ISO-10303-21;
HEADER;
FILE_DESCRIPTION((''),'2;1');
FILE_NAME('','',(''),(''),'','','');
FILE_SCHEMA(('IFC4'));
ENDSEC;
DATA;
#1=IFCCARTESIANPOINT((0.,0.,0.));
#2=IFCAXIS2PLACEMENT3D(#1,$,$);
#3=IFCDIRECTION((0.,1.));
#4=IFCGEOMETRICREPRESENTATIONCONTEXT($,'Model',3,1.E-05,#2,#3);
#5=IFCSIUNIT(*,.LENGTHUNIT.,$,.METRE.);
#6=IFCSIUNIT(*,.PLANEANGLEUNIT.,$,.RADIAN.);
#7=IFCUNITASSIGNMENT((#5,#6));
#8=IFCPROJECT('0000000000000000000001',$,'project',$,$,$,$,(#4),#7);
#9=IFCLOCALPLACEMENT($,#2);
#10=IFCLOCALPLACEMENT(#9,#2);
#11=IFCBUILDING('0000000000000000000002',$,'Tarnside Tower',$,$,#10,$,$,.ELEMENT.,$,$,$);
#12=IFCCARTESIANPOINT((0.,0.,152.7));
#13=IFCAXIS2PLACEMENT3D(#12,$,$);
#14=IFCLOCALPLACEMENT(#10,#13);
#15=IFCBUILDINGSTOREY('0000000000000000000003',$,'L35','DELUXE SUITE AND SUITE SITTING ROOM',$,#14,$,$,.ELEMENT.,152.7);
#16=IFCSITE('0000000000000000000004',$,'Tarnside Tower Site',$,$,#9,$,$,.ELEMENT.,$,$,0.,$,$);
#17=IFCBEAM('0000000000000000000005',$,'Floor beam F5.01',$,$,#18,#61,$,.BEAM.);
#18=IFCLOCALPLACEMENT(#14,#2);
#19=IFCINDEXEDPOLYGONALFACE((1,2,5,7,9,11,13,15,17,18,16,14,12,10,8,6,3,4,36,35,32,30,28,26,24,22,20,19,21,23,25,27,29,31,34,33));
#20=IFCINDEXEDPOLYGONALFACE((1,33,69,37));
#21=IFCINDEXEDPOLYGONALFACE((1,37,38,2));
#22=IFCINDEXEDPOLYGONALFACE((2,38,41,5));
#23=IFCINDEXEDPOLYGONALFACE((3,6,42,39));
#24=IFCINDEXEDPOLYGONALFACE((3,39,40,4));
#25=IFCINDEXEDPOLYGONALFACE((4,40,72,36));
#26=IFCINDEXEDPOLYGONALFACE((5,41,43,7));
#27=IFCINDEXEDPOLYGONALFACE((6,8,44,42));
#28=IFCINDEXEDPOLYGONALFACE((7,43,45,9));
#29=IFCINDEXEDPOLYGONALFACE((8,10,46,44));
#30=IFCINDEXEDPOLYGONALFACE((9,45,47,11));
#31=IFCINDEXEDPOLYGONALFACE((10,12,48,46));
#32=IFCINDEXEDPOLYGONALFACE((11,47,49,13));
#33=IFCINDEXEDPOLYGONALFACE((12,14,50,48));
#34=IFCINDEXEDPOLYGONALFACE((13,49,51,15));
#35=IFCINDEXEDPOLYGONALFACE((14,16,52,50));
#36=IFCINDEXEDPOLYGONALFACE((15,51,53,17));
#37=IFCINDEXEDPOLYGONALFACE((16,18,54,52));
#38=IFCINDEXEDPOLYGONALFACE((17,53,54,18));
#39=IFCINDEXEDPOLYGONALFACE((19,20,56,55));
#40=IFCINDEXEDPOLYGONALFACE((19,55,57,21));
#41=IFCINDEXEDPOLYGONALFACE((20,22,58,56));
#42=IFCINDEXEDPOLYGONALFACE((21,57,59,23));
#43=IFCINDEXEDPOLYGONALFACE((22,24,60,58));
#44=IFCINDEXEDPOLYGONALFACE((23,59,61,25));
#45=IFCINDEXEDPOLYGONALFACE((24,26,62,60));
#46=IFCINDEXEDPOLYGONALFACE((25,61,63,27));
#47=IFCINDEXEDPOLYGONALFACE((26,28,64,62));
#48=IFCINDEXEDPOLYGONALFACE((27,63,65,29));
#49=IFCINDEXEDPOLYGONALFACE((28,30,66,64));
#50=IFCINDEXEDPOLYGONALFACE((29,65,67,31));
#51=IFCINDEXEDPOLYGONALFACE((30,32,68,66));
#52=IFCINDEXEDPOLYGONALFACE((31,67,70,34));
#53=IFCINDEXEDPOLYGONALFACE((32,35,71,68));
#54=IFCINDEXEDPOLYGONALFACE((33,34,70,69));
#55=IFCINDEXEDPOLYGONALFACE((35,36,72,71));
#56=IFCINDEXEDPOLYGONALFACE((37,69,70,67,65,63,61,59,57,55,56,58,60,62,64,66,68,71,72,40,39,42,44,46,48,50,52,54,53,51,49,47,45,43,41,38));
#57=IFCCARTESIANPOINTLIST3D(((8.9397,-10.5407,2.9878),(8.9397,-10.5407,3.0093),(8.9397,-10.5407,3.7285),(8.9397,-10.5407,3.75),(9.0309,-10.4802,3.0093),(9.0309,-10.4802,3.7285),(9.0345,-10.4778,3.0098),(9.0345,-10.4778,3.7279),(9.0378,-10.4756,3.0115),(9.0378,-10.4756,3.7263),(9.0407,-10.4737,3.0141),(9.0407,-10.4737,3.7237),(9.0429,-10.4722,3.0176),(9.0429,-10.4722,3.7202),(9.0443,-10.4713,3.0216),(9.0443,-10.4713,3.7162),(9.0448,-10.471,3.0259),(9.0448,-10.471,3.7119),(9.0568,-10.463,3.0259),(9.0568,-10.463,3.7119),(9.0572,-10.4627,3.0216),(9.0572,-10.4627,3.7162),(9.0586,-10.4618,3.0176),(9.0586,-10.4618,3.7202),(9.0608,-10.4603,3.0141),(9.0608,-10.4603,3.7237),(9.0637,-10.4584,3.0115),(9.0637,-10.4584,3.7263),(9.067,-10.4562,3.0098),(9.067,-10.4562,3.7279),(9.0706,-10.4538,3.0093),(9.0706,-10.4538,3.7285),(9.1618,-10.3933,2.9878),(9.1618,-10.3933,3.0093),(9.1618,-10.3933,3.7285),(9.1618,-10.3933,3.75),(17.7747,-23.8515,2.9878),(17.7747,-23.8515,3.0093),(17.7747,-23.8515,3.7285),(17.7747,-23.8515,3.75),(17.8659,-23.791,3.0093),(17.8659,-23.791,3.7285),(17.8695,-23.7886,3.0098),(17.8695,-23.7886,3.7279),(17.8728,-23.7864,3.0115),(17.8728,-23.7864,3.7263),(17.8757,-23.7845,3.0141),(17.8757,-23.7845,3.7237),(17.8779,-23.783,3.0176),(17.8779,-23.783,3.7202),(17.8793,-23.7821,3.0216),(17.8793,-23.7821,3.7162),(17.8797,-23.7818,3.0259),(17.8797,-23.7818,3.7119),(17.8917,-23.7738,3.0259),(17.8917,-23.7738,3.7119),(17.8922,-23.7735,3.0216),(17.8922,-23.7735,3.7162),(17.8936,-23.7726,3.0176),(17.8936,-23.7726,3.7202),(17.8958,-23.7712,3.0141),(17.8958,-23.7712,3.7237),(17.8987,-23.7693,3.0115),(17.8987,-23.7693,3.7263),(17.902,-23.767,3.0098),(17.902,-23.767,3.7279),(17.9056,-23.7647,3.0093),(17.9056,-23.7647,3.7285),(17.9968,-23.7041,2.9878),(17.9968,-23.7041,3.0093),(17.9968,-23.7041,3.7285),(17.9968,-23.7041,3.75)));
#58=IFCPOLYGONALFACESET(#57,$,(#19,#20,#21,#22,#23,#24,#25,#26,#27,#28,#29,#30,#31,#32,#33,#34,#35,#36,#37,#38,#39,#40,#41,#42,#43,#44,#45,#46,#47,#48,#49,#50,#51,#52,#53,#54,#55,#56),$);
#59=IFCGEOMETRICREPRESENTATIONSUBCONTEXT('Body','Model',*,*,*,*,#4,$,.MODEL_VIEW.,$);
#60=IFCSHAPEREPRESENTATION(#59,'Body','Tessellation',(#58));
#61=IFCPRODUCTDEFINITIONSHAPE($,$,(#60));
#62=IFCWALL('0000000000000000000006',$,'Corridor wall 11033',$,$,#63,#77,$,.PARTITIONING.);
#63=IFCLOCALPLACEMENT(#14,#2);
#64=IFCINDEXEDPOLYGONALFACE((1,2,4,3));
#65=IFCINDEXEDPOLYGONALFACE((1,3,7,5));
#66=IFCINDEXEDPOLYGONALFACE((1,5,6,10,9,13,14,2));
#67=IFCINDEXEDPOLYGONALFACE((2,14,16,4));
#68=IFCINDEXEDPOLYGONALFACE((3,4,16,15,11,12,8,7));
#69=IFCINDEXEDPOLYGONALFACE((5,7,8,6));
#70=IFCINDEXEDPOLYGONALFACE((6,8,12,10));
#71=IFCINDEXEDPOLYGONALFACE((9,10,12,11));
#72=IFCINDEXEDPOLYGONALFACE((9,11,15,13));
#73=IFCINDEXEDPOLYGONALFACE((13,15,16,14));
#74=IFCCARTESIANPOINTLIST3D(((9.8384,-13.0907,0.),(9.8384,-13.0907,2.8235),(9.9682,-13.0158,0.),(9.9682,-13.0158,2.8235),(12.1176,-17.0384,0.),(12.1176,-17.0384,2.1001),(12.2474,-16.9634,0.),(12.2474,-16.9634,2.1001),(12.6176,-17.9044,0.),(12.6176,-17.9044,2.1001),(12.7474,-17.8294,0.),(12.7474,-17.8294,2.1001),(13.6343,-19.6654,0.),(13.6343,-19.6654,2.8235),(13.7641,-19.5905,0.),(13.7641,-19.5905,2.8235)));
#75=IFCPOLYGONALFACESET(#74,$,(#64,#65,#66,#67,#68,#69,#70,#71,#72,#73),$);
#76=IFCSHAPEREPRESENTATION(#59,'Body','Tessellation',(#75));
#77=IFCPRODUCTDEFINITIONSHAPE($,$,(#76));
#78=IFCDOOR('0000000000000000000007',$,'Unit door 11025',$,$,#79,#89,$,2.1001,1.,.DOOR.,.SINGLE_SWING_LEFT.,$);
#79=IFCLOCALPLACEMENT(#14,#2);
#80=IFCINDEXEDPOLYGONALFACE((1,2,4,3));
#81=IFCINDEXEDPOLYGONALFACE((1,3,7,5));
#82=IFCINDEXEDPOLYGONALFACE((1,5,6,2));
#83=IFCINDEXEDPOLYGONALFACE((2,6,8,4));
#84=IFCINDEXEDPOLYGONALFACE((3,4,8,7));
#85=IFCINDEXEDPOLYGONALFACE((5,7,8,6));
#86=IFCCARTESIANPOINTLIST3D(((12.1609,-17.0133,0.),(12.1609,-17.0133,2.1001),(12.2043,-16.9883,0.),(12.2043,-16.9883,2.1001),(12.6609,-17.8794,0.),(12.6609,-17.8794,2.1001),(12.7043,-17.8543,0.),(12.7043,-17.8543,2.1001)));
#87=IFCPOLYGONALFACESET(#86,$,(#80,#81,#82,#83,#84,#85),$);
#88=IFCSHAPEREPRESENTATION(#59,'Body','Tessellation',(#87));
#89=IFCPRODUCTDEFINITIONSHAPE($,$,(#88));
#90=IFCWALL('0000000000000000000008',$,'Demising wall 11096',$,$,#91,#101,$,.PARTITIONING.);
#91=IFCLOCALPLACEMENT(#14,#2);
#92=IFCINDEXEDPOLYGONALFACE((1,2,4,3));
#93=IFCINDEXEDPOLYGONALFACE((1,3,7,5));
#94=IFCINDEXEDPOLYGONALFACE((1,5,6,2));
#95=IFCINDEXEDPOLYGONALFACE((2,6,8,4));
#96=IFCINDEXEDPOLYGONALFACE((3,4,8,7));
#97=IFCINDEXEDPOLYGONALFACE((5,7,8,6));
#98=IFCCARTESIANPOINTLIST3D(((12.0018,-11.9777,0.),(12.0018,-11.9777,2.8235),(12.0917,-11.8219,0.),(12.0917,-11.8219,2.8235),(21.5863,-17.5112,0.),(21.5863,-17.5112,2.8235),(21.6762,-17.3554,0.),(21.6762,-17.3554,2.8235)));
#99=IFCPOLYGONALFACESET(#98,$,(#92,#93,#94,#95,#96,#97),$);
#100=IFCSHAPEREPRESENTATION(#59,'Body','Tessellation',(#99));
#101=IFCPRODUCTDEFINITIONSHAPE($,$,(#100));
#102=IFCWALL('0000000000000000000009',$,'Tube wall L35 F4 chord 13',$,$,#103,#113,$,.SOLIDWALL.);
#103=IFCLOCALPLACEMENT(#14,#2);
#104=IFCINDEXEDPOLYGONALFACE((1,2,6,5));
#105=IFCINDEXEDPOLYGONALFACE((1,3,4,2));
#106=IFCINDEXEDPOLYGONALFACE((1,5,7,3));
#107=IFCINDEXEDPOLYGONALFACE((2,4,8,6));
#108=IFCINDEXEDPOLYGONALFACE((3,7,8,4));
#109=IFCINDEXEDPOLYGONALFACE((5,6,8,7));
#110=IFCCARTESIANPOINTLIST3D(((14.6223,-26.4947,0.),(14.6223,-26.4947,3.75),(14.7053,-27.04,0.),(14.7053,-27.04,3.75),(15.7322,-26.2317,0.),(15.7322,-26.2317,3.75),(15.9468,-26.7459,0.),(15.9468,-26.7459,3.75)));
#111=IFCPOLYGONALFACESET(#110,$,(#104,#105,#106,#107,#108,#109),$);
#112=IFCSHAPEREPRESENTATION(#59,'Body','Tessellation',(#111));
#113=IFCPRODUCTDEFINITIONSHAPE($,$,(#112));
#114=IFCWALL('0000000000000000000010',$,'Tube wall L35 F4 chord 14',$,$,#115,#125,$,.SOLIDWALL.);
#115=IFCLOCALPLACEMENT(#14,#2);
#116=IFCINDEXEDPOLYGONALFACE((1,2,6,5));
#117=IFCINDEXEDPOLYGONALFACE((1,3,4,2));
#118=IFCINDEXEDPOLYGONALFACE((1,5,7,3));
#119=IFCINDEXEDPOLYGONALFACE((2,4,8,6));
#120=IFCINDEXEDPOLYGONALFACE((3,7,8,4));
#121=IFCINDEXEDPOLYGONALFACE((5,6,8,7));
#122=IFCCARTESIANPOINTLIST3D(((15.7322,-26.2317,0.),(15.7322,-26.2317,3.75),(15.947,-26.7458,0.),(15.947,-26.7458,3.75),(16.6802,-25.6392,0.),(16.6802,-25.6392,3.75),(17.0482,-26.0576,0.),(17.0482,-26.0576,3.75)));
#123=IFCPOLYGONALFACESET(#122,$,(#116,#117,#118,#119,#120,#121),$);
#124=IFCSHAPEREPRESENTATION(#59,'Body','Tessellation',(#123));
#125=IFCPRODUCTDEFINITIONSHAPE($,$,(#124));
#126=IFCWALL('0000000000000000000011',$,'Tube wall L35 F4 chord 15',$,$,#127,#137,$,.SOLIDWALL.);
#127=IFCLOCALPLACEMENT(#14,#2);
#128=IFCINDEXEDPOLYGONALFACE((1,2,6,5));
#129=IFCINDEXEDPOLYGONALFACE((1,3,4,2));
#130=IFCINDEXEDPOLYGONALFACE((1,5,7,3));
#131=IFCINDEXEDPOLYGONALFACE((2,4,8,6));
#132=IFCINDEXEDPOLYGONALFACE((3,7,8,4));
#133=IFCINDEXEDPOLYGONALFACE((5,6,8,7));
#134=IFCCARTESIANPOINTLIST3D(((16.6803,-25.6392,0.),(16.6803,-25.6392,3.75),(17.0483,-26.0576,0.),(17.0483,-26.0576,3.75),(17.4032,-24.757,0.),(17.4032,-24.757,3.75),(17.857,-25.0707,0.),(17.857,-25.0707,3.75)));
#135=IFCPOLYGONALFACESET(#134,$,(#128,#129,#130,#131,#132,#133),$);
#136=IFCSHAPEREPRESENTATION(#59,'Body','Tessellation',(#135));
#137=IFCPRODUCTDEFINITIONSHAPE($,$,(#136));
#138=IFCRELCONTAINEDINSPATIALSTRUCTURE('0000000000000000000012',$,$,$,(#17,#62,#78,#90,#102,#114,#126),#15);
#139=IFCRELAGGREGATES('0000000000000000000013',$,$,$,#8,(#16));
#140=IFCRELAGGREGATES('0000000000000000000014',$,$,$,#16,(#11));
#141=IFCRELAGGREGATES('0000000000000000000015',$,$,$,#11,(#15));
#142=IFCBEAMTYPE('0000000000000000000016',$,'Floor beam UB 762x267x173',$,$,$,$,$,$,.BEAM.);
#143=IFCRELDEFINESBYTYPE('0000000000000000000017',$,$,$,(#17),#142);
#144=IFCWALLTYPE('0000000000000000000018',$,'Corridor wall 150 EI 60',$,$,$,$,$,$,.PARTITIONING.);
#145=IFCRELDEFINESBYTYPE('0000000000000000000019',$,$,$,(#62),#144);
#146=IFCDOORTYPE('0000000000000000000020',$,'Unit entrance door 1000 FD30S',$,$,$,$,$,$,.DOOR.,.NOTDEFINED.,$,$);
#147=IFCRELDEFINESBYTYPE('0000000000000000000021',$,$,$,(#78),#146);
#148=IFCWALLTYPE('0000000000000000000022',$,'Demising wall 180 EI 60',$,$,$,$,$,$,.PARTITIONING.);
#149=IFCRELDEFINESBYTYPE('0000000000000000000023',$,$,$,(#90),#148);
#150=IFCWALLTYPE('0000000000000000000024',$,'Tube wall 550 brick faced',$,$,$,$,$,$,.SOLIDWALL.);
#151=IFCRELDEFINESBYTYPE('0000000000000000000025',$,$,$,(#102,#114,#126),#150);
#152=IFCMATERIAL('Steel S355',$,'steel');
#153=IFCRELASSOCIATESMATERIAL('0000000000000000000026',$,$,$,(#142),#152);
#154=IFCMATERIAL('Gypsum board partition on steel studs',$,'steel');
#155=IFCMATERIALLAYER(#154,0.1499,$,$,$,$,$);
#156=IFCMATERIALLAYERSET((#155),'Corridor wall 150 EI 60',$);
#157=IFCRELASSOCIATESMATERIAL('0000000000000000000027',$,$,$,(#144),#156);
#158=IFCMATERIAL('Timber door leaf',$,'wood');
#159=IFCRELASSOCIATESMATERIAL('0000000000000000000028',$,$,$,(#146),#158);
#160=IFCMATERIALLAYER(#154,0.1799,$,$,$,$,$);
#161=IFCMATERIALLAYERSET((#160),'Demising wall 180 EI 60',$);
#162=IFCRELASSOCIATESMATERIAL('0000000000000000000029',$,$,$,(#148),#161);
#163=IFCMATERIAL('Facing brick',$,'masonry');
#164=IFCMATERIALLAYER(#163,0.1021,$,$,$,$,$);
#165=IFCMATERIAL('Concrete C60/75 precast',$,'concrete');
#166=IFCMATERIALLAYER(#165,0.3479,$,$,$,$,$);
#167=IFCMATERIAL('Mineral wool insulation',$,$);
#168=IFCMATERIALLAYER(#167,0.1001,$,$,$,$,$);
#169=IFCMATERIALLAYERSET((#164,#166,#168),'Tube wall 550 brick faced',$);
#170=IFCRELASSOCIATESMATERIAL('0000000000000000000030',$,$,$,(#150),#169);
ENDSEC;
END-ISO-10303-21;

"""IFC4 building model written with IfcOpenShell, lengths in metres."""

from ifc_helpers import new_model, si_unit, direction, frame, frame_2d, origin, origin_2d, place, context, subcontext, project, spatial, polyline, rectangle, i_section, outline, extrude, material, layer, layer_set, material_profile, profile_set, type_object, element, fill, save


model = new_model("IFC4")

# Units and contexts
model_context = context("Model", 3, precision=1e-05, world=origin(), true_north=direction((0.0, 1.0)))
body_context = subcontext(model_context, "Body", "Model", "MODEL_VIEW")
ifc_project = project(units=[si_unit("LENGTHUNIT", "METRE"), si_unit("PLANEANGLEUNIT", "RADIAN")], contexts=[model_context])

# Site, building, storey
site_placement = place(None, origin())
site = spatial("IfcSite", under=ifc_project, at=site_placement, Name="Tarnside Tower Site", CompositionType="ELEMENT", RefElevation=0.0)
building_placement = place(site_placement, origin())
building = spatial("IfcBuilding", under=site, at=building_placement, Name="Tarnside Tower", CompositionType="ELEMENT")
storey_placement = place(building_placement, frame((0.0, 0.0, 152.7)))
storey = spatial("IfcBuildingStorey", under=building, at=storey_placement, Name="L35", Description="DELUXE SUITE AND SUITE SITTING ROOM", CompositionType="ELEMENT", Elevation=152.7)

# Beam
ifc_material_1 = material(Name="Steel S355", Category="steel")
ifc_material_profile_1 = material_profile(ifc_material_1, i_section(OverallWidth=0.2666, OverallDepth=0.7622, WebThickness=0.0144, FlangeThickness=0.0215, FilletRadius=0.0166, at=origin_2d()), Name="UB 762x267x173")
ifc_profile_set_1 = profile_set([ifc_material_profile_1], Name="Steel S355")
beam_type_1 = type_object("IfcBeamType", Name="Floor beam UB 762x267x173", PredefinedType="BEAM", material=ifc_profile_set_1)
beam_1_placement = place(storey_placement, frame((17.8857, -23.7778, 3.3689), z_axis=(-0.553013, 0.833172, 0.0), x_axis=(-0.833172, -0.553013, 0.0)))
element("IfcBeam", 1, at=beam_1_placement, inside=storey, type_object=beam_type_1, Name="Floor beam F5.01", PredefinedType="BEAM", context=body_context, shape_type="SweptSolid", body=[
    extrude(i_section(OverallWidth=0.2666, OverallDepth=0.7622, WebThickness=0.0144, FlangeThickness=0.0215, FilletRadius=0.0166, at=origin_2d()), origin(), (0.0, 0.0, 1.0), 15.9761),
])

# Wall, opening, door
ifc_material_2 = material(Name="Gypsum board partition on steel studs", Category="steel")
ifc_layer_1 = layer(ifc_material_2, 0.1499)
ifc_layer_set_1 = layer_set([ifc_layer_1], Name="Corridor wall 150 EI 60")
wall_type_1 = type_object("IfcWallType", Name="Corridor wall 150 EI 60", PredefinedType="PARTITIONING", material=ifc_layer_set_1)
wall_1_placement = place(storey_placement, frame((13.6992, -19.6279, 0.0), z_axis=(0.0, 0.0, 1.0), x_axis=(-0.499999, 0.866026, 0.0)))
wall_1 = element("IfcWall", 2, at=wall_1_placement, inside=storey, type_object=wall_type_1, Name="Corridor wall 11033", PredefinedType="PARTITIONING", context=body_context, shape_type="SweptSolid", body=[
    extrude(rectangle(XDim=7.5918, YDim=0.1499, at=frame_2d((3.7959, 0.0))), origin(), (0.0, 0.0, 1.0), 2.8235),
])
opening_1_placement = place(wall_1_placement, frame((2.0334, 0.0, 0.0)))
opening_1 = element("IfcOpeningElement", 3, at=opening_1_placement, cuts=wall_1, PredefinedType="OPENING", context=body_context, shape_type="SweptSolid", body=[
    extrude(rectangle(XDim=1.0, YDim=2.1001, at=frame_2d((0.5, 1.05))), frame((0.0, 0.085, 0.0), z_axis=(0.0, -1.0, 0.0), x_axis=(1.0, 0.0, 0.0)), (0.0, 0.0, 1.0), 0.1699),
])
ifc_material_3 = material(Name="Timber door leaf", Category="wood")
door_type = type_object("IfcDoorType", Name="Unit entrance door 1000 FD30S", OperationType="NOTDEFINED", PredefinedType="DOOR", material=ifc_material_3)
door_placement = place(opening_1_placement, origin())
door = element("IfcDoor", 4, at=door_placement, inside=storey, type_object=door_type, Name="Unit door 11025", OperationType="SINGLE_SWING_LEFT", OverallHeight=2.1001, OverallWidth=1.0, PredefinedType="DOOR", context=body_context, shape_type="SweptSolid", body=[
    extrude(rectangle(XDim=1.0, YDim=2.1001, at=frame_2d((0.5, 1.05))), frame((0.0, 0.0249, 0.0), z_axis=(0.0, -1.0, 0.0), x_axis=(1.0, 0.0, 0.0)), (0.0, 0.0, 1.0), 0.05),
])
fill(opening_1, door)

# Walls
ifc_layer_2 = layer(ifc_material_2, 0.1799)
ifc_layer_set_2 = layer_set([ifc_layer_2], Name="Demising wall 180 EI 60")
wall_type_2 = type_object("IfcWallType", Name="Demising wall 180 EI 60", PredefinedType="PARTITIONING", material=ifc_layer_set_2)
wall_2_placement = place(storey_placement, frame((21.6313, -17.4333, 0.0), z_axis=(0.0, 0.0, 1.0), x_axis=(-0.866031, 0.49999, 0.0)))
element("IfcWall", 5, at=wall_2_placement, inside=storey, type_object=wall_type_2, Name="Demising wall 11096", PredefinedType="PARTITIONING", context=body_context, shape_type="SweptSolid", body=[
    extrude(rectangle(XDim=11.0671, YDim=0.1799, at=frame_2d((5.5337, 0.0))), origin(), (0.0, 0.0, 1.0), 2.8235),
])
ifc_material_4 = material(Name="Facing brick", Category="masonry")
ifc_layer_3 = layer(ifc_material_4, 0.1021)
ifc_material_5 = material(Name="Concrete C60/75 precast", Category="concrete")
ifc_layer_4 = layer(ifc_material_5, 0.3479)
ifc_material_6 = material(Name="Mineral wool insulation")
ifc_layer_5 = layer(ifc_material_6, 0.1001)
ifc_layer_set_3 = layer_set([ifc_layer_3, ifc_layer_4, ifc_layer_5], Name="Tube wall 550 brick faced")
wall_type_3 = type_object("IfcWallType", Name="Tube wall 550 brick faced", PredefinedType="SOLIDWALL", material=ifc_layer_set_3)
wall_3_placement = place(storey_placement, frame((14.6638, -26.7673, 0.0), z_axis=(0.0, 0.0, 1.0), x_axis=(0.973064, 0.230537, 0.0)))
element("IfcWall", 6, at=wall_3_placement, inside=storey, type_object=wall_type_3, Name="Tube wall L35 F4 chord 13", PredefinedType="SOLIDWALL", context=body_context, shape_type="SweptSolid", body=[
    extrude(outline(polyline([(-0.0225, -0.2749), (1.2534, -0.2749), (1.1631, 0.2749), (0.0225, 0.2749), (-0.0225, -0.2749)])), origin(), (0.0, 0.0, 1.0), 3.75),
])
wall_4_placement = place(storey_placement, frame((15.8396, -26.4888, 0.0), z_axis=(0.0, 0.0, 1.0), x_axis=(0.84801, 0.529981, 0.0)))
element("IfcWall", 7, at=wall_4_placement, inside=storey, type_object=wall_type_3, Name="Tube wall L35 F4 chord 14", PredefinedType="SOLIDWALL", context=body_context, shape_type="SweptSolid", body=[
    extrude(outline(polyline([(-0.0452, -0.2749), (1.2534, -0.2749), (1.1631, 0.2749), (0.0452, 0.2749), (-0.0452, -0.2749)])), origin(), (0.0, 0.0, 1.0), 3.75),
])
wall_5_placement = place(storey_placement, frame((16.8643, -25.8484, 0.0), z_axis=(0.0, 0.0, 1.0), x_axis=(0.633843, 0.773462, 0.0)))
element("IfcWall", 8, at=wall_5_placement, inside=storey, type_object=wall_type_3, Name="Tube wall L35 F4 chord 15", PredefinedType="SOLIDWALL", context=body_context, shape_type="SweptSolid", body=[
    extrude(outline(polyline([(-0.0452, -0.2749), (1.2307, -0.2749), (1.1858, 0.2749), (0.0452, 0.2749), (-0.0452, -0.2749)])), origin(), (0.0, 0.0, 1.0), 3.75),
])

save(model, "model.ifc")
